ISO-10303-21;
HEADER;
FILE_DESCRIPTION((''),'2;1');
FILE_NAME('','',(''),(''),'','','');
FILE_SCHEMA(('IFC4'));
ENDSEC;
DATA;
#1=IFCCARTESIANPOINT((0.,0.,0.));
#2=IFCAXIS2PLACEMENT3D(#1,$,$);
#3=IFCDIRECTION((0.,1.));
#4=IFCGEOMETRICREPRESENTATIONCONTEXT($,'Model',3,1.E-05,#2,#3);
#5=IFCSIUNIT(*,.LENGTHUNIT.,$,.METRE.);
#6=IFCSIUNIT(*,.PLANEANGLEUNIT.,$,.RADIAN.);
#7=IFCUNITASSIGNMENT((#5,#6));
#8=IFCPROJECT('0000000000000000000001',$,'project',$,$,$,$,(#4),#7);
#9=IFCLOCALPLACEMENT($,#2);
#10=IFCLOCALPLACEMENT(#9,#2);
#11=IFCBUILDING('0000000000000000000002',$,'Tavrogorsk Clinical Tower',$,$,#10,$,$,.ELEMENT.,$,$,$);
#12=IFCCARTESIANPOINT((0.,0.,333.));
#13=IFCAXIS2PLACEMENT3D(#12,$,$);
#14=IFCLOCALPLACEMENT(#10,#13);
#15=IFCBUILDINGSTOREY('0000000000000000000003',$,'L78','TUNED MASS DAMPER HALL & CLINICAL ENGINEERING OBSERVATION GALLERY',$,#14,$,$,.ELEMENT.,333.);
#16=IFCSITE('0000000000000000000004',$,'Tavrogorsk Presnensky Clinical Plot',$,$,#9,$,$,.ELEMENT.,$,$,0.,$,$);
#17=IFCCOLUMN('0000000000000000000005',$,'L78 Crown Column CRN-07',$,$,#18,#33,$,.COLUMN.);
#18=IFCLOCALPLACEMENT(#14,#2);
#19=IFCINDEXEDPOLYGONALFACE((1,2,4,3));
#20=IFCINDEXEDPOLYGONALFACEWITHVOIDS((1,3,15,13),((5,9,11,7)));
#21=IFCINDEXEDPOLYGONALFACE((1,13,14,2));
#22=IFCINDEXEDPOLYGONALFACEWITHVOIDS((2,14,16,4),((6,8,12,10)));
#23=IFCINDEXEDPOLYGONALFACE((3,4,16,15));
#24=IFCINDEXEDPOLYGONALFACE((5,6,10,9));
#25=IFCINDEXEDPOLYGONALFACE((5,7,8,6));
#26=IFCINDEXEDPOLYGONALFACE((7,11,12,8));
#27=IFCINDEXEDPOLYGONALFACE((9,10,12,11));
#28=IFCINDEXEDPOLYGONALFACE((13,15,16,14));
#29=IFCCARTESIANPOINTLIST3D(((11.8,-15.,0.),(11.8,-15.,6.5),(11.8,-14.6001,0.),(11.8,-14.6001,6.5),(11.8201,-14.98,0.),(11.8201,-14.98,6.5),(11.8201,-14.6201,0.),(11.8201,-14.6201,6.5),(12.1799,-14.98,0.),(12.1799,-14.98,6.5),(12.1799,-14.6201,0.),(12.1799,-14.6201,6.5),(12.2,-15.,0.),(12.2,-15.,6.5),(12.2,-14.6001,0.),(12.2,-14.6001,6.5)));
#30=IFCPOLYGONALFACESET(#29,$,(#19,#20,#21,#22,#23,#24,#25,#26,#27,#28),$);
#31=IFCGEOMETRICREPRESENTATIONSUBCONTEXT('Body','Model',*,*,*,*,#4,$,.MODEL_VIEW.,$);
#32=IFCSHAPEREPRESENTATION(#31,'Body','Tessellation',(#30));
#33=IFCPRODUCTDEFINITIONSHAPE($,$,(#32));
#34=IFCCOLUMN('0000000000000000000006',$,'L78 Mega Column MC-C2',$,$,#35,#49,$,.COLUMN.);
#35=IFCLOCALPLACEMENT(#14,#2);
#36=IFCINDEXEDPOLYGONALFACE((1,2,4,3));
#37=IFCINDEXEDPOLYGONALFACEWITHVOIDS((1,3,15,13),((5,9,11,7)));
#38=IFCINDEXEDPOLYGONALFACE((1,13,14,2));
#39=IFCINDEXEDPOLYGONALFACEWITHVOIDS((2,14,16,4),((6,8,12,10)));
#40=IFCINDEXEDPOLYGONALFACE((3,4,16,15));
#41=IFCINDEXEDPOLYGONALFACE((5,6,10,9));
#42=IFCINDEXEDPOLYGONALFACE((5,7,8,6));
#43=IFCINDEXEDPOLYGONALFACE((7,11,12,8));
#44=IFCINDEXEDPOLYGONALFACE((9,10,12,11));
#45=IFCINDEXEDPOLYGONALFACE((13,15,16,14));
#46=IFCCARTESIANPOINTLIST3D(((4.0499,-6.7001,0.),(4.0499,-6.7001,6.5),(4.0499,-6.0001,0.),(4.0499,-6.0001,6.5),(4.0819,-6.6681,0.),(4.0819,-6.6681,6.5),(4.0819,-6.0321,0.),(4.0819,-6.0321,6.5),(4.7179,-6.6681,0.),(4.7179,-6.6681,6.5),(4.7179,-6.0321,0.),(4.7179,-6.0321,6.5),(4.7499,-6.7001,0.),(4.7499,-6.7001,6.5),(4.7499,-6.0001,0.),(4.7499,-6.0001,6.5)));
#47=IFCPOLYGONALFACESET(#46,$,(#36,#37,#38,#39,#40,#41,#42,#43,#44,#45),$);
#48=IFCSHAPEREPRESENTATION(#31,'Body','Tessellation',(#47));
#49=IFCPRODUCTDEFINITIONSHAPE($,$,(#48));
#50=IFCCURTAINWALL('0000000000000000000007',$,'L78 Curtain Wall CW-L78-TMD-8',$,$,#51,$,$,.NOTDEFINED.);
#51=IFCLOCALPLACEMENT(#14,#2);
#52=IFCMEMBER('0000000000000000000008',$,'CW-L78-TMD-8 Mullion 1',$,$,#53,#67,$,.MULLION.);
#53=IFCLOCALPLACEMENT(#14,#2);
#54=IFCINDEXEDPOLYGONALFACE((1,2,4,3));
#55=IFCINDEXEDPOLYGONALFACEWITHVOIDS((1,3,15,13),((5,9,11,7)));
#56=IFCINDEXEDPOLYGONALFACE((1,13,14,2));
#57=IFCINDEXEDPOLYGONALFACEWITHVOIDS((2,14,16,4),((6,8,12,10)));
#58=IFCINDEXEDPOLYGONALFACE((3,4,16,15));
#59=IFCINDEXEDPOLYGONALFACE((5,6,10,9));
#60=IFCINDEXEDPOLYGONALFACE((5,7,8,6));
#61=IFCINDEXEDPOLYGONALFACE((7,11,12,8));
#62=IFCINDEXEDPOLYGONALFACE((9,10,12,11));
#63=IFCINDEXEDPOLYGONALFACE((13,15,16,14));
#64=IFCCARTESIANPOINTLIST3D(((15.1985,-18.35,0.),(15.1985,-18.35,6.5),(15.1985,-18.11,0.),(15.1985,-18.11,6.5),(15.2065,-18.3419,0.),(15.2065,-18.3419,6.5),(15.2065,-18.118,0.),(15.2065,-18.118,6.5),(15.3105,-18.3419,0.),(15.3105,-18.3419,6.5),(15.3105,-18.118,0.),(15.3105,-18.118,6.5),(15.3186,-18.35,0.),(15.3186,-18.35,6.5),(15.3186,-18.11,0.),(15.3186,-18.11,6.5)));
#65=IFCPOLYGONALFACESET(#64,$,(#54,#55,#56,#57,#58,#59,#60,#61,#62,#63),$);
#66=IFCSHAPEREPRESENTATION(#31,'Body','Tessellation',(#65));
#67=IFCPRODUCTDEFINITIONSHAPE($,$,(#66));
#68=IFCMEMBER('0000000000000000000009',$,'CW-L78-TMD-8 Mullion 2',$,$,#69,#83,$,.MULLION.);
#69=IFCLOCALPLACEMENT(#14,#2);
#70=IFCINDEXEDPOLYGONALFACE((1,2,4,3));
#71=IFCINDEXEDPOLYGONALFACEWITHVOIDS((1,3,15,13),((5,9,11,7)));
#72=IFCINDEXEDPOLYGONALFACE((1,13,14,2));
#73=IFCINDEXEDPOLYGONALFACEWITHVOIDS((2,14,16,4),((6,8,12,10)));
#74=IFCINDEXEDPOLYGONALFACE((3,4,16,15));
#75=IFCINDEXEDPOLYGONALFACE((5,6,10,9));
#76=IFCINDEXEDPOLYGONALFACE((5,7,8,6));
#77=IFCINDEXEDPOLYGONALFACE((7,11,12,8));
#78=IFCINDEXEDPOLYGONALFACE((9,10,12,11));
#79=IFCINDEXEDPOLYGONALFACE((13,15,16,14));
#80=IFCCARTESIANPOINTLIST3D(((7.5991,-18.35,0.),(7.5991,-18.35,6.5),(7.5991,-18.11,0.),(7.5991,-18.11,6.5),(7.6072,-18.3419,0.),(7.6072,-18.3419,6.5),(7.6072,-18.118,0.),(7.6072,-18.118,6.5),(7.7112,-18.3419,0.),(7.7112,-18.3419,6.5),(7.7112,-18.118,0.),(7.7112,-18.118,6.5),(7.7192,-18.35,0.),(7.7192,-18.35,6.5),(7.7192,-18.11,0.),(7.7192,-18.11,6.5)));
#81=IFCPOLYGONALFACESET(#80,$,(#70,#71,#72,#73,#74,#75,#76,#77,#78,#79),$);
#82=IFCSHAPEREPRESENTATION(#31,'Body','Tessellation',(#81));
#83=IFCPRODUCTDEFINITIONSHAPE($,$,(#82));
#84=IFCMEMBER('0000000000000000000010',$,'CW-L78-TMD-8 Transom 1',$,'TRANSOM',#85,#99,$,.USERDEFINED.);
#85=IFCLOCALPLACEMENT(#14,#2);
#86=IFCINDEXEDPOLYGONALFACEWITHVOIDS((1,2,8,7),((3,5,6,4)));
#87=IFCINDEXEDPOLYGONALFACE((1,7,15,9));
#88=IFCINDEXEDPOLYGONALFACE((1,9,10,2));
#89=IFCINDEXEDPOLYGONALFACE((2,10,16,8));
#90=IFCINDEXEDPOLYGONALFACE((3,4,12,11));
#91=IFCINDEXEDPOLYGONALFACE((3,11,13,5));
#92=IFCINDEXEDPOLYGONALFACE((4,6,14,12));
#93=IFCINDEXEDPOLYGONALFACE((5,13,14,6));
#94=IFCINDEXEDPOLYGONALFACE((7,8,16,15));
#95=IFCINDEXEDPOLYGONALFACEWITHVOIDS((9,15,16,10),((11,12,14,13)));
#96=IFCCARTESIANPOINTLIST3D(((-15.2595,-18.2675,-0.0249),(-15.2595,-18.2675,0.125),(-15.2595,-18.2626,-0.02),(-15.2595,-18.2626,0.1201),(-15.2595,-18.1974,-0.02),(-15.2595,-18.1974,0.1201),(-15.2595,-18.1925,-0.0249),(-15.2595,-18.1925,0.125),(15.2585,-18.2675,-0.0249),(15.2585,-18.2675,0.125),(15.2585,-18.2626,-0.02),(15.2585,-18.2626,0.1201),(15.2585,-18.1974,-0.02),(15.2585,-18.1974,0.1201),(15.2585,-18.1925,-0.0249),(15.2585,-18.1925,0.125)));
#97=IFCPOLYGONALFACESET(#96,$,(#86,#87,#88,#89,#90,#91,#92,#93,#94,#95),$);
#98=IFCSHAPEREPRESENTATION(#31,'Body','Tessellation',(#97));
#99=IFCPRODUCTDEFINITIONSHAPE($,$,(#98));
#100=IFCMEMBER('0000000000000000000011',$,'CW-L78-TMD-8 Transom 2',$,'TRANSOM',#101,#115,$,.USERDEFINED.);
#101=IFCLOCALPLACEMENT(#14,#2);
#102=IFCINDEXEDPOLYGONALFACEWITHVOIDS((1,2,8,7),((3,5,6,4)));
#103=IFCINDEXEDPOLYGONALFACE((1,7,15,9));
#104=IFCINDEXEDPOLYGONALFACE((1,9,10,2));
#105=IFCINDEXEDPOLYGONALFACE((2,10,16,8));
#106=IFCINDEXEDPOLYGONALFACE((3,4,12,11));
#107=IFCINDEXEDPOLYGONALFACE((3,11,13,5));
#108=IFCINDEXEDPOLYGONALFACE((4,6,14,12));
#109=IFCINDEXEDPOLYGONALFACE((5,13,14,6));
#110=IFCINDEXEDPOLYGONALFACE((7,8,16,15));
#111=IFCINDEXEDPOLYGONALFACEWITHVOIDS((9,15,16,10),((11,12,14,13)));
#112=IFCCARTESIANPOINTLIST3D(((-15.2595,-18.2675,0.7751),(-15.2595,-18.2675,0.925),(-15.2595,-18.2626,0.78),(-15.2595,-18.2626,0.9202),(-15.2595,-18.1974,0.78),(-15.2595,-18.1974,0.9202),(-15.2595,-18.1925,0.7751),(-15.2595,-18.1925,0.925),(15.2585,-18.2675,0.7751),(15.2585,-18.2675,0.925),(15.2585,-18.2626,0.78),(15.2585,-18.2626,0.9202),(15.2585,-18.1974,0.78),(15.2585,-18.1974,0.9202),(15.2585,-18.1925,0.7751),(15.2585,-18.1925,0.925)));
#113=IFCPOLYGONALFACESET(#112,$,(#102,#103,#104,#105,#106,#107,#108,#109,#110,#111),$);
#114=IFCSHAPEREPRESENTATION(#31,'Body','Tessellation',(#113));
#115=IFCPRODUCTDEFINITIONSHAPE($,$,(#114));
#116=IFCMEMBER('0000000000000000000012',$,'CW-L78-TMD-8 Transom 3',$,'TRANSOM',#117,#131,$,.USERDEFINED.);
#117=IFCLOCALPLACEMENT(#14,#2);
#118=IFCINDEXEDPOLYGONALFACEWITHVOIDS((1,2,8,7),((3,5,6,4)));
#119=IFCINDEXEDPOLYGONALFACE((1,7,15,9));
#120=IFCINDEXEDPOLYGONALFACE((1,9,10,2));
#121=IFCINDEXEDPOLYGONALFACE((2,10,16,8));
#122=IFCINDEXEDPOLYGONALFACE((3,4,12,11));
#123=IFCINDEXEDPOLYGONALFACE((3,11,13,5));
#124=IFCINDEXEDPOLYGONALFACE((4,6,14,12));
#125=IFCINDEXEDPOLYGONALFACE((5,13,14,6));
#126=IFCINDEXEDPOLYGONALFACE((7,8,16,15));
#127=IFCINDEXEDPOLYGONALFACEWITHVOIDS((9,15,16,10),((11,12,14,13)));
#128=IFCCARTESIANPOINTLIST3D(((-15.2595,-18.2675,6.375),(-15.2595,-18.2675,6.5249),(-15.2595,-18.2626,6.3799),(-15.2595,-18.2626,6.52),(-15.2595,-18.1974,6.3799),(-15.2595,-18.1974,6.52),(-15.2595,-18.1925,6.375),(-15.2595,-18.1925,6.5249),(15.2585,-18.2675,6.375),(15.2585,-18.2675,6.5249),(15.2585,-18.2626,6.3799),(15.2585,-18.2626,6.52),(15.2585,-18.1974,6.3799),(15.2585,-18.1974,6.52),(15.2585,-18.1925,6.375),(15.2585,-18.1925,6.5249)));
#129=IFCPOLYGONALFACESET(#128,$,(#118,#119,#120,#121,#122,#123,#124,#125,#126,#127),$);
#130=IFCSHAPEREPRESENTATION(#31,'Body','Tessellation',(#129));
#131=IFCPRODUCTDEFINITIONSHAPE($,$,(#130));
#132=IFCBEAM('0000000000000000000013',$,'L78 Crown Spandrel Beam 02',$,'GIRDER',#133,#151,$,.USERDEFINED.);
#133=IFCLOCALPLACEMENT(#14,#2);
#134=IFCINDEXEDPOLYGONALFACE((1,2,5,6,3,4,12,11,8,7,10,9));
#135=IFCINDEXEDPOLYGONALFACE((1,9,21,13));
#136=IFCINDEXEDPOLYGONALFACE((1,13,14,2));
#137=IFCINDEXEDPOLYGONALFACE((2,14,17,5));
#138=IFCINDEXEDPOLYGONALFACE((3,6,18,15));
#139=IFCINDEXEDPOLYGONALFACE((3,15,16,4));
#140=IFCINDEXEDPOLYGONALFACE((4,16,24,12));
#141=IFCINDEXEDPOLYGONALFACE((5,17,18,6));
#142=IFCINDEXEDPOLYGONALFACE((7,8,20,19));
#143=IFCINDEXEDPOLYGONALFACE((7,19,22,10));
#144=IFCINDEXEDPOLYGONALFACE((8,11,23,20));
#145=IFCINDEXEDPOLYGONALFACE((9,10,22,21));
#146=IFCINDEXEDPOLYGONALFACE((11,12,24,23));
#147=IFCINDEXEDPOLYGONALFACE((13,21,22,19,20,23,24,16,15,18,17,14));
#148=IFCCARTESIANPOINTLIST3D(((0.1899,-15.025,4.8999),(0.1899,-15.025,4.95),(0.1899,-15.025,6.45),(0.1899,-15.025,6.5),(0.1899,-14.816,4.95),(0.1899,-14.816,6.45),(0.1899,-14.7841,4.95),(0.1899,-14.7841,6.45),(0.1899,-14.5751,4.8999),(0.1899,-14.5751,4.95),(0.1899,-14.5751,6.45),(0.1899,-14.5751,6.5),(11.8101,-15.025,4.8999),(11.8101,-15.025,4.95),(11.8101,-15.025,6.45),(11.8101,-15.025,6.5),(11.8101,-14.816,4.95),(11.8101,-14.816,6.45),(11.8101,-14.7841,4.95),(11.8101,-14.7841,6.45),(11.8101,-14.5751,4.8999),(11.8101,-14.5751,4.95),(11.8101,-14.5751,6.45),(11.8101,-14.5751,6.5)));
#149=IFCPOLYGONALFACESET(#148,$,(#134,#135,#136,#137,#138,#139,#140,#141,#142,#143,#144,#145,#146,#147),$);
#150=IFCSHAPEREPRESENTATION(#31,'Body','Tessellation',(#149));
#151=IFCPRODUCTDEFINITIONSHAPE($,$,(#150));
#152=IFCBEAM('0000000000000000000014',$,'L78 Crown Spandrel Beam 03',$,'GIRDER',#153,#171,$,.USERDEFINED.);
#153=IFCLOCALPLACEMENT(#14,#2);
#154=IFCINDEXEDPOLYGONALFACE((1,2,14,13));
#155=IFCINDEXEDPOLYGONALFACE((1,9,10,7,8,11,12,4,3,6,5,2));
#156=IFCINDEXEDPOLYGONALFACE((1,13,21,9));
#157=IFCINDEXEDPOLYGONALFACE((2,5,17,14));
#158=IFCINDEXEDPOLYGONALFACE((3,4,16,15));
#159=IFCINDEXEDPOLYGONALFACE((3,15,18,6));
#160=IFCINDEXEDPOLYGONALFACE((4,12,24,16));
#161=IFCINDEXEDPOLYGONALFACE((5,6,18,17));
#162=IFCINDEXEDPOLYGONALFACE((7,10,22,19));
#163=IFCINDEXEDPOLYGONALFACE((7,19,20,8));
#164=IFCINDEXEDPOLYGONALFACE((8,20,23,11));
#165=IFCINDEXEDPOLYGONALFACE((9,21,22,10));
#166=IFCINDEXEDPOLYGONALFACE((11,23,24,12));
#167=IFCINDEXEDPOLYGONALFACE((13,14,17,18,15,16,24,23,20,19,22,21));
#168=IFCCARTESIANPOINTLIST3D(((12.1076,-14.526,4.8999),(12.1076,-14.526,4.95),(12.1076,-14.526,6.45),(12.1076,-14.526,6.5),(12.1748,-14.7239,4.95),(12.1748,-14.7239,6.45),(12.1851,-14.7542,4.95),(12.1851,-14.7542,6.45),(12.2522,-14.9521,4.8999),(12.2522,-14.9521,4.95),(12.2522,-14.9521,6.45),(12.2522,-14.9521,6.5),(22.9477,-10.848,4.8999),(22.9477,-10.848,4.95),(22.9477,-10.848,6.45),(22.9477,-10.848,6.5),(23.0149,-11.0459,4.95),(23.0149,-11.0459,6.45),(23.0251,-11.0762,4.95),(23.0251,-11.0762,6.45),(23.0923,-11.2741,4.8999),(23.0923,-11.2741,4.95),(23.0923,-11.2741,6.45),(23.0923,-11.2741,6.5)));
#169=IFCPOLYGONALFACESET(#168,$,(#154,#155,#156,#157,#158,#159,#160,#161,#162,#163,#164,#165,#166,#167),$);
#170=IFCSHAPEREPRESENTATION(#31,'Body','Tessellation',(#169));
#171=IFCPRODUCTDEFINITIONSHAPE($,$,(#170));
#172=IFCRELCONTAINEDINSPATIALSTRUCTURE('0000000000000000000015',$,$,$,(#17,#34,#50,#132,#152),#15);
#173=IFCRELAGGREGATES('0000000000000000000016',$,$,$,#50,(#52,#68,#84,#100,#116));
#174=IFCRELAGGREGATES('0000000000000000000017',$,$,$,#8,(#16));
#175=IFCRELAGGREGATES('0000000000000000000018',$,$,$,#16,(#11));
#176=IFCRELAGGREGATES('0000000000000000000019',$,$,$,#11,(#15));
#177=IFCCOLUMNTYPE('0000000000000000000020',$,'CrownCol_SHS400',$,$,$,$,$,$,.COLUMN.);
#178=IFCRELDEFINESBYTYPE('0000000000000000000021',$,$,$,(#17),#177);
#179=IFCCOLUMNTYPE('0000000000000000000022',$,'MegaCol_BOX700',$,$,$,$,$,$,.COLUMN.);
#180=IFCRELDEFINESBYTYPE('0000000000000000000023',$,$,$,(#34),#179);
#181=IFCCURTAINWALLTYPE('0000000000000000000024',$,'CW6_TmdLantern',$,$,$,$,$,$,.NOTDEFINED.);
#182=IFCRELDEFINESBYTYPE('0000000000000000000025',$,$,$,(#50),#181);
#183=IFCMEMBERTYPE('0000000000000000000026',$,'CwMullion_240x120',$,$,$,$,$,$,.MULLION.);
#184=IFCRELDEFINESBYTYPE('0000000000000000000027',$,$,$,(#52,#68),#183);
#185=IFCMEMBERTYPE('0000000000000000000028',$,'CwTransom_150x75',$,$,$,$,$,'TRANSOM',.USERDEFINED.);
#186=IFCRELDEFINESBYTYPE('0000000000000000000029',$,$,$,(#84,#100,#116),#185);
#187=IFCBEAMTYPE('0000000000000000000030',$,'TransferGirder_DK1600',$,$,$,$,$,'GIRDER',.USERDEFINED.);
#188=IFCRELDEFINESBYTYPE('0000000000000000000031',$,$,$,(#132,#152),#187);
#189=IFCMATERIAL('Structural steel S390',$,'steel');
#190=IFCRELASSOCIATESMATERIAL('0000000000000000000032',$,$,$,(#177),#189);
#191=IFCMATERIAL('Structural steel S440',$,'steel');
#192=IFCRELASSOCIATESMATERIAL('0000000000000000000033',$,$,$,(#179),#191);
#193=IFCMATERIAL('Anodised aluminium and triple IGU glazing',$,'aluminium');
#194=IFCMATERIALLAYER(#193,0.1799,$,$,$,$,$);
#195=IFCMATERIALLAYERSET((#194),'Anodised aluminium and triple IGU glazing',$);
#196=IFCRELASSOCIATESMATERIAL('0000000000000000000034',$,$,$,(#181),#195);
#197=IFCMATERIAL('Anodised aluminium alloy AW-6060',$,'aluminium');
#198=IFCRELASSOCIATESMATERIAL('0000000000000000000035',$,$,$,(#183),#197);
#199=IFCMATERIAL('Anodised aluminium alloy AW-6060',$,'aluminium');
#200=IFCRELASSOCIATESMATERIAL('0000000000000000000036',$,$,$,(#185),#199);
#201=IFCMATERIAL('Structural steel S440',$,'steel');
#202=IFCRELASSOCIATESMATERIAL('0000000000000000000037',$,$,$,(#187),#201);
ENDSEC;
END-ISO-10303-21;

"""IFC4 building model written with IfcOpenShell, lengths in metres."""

from ifc_helpers import new_model, si_unit, direction, frame, origin, origin_2d, place, context, subcontext, project, spatial, hollow_rectangle, i_section, extrude, material, layer, layer_set, material_profile, profile_set, type_object, element, aggregate, save


model = new_model("IFC4")

# Units and contexts
model_context = context("Model", 3, precision=1e-05, world=origin(), true_north=direction((0.0, 1.0)))
body_context = subcontext(model_context, "Body", "Model", "MODEL_VIEW")
ifc_project = project(units=[si_unit("LENGTHUNIT", "METRE"), si_unit("PLANEANGLEUNIT", "RADIAN")], contexts=[model_context])

# Site, building, storey
site_placement = place(None, origin())
site = spatial("IfcSite", under=ifc_project, at=site_placement, Name="Tavrogorsk Presnensky Clinical Plot", CompositionType="ELEMENT", RefElevation=0.0)
building_placement = place(site_placement, origin())
building = spatial("IfcBuilding", under=site, at=building_placement, Name="Tavrogorsk Clinical Tower", CompositionType="ELEMENT")
storey_placement = place(building_placement, frame((0.0, 0.0, 333.0)))
storey = spatial("IfcBuildingStorey", under=building, at=storey_placement, Name="L78", Description="TUNED MASS DAMPER HALL & CLINICAL ENGINEERING OBSERVATION GALLERY", CompositionType="ELEMENT", Elevation=333.0)

# Columns
ifc_material_1 = material(Name="Structural steel S390", Category="steel")
ifc_material_profile_1 = material_profile(ifc_material_1, hollow_rectangle(XDim=0.3999, YDim=0.3999, WallThickness=0.02, at=origin_2d()), Name="SHS-400x400x20")
ifc_profile_set_1 = profile_set([ifc_material_profile_1], Name="Structural steel S390")
column_type_1 = type_object("IfcColumnType", Name="CrownCol_SHS400", PredefinedType="COLUMN", material=ifc_profile_set_1)
column_1_placement = place(storey_placement, frame((12.0, -14.8, 0.0), z_axis=(0.0, 0.0, 1.0), x_axis=(1.0, 0.0, 0.0)))
element("IfcColumn", 1, at=column_1_placement, inside=storey, type_object=column_type_1, Name="L78 Crown Column CRN-07", PredefinedType="COLUMN", context=body_context, shape_type="SweptSolid", body=[
    extrude(hollow_rectangle(XDim=0.3999, YDim=0.3999, WallThickness=0.02, at=origin_2d()), origin(), (0.0, 0.0, 1.0), 6.5),
])
ifc_material_2 = material(Name="Structural steel S440", Category="steel")
ifc_material_profile_2 = material_profile(ifc_material_2, hollow_rectangle(XDim=0.7, YDim=0.7, WallThickness=0.032, at=origin_2d()), Name="BOX-700x700x32")
ifc_profile_set_2 = profile_set([ifc_material_profile_2], Name="Structural steel S440")
column_type_2 = type_object("IfcColumnType", Name="MegaCol_BOX700", PredefinedType="COLUMN", material=ifc_profile_set_2)
column_2_placement = place(storey_placement, frame((4.3999, -6.3501, 0.0), z_axis=(0.0, 0.0, 1.0), x_axis=(1.0, 0.0, 0.0)))
element("IfcColumn", 2, at=column_2_placement, inside=storey, type_object=column_type_2, Name="L78 Mega Column MC-C2", PredefinedType="COLUMN", context=body_context, shape_type="SweptSolid", body=[
    extrude(hollow_rectangle(XDim=0.7, YDim=0.7, WallThickness=0.032, at=origin_2d()), origin(), (0.0, 0.0, 1.0), 6.5),
])

# Curtain wall, members
ifc_material_3 = material(Name="Anodised aluminium and triple IGU glazing", Category="aluminium")
ifc_layer_1 = layer(ifc_material_3, 0.1799)
ifc_layer_set_1 = layer_set([ifc_layer_1], Name="Anodised aluminium and triple IGU glazing")
curtain_wall_type = type_object("IfcCurtainWallType", Name="CW6_TmdLantern", PredefinedType="NOTDEFINED", material=ifc_layer_set_1)
curtain_wall_placement = place(storey_placement, origin())
curtain_wall = element("IfcCurtainWall", 3, at=curtain_wall_placement, inside=storey, type_object=curtain_wall_type, Name="L78 Curtain Wall CW-L78-TMD-8", PredefinedType="NOTDEFINED")
ifc_material_4 = material(Name="Anodised aluminium alloy AW-6060", Category="aluminium")
ifc_material_profile_3 = material_profile(ifc_material_4, hollow_rectangle(XDim=0.1201, YDim=0.24, WallThickness=0.0081, at=origin_2d()), Name="RHS-240x120x8")
ifc_profile_set_3 = profile_set([ifc_material_profile_3], Name="Anodised aluminium alloy AW-6060")
member_type_1 = type_object("IfcMemberType", Name="CwMullion_240x120", PredefinedType="MULLION", material=ifc_profile_set_3)
member_1_placement = place(storey_placement, frame((15.2585, -18.23, 0.0), z_axis=(0.0, 0.0, 1.0), x_axis=(-1.0, 0.0, 0.0)))
member_1 = element("IfcMember", 4, at=member_1_placement, type_object=member_type_1, Name="CW-L78-TMD-8 Mullion 1", PredefinedType="MULLION", context=body_context, shape_type="SweptSolid", body=[
    extrude(hollow_rectangle(XDim=0.1201, YDim=0.24, WallThickness=0.0081, at=origin_2d()), origin(), (0.0, 0.0, 1.0), 6.5),
])
member_2_placement = place(storey_placement, frame((7.6592, -18.23, 0.0), z_axis=(0.0, 0.0, 1.0), x_axis=(-1.0, 0.0, 0.0)))
member_2 = element("IfcMember", 5, at=member_2_placement, type_object=member_type_1, Name="CW-L78-TMD-8 Mullion 2", PredefinedType="MULLION", context=body_context, shape_type="SweptSolid", body=[
    extrude(hollow_rectangle(XDim=0.1201, YDim=0.24, WallThickness=0.0081, at=origin_2d()), origin(), (0.0, 0.0, 1.0), 6.5),
])
ifc_material_5 = material(Name="Anodised aluminium alloy AW-6060", Category="aluminium")
ifc_material_profile_4 = material_profile(ifc_material_5, hollow_rectangle(XDim=0.075, YDim=0.1499, WallThickness=0.0049, at=origin_2d()), Name="RHS-150x75x5")
ifc_profile_set_4 = profile_set([ifc_material_profile_4], Name="Anodised aluminium alloy AW-6060")
member_type_2 = type_object("IfcMemberType", Name="CwTransom_150x75", ElementType="TRANSOM", PredefinedType="USERDEFINED", material=ifc_profile_set_4)
member_3_placement = place(storey_placement, frame((15.2585, -18.23, 0.05), z_axis=(-1.0, 0.0, 0.0), x_axis=(0.0, -1.0, 0.0)))
member_3 = element("IfcMember", 6, at=member_3_placement, type_object=member_type_2, Name="CW-L78-TMD-8 Transom 1", ObjectType="TRANSOM", PredefinedType="USERDEFINED", context=body_context, shape_type="SweptSolid", body=[
    extrude(hollow_rectangle(XDim=0.075, YDim=0.1499, WallThickness=0.0049, at=origin_2d()), origin(), (0.0, 0.0, 1.0), 30.5181),
])
member_4_placement = place(storey_placement, frame((15.2585, -18.23, 0.8501), z_axis=(-1.0, 0.0, 0.0), x_axis=(0.0, -1.0, 0.0)))
member_4 = element("IfcMember", 7, at=member_4_placement, type_object=member_type_2, Name="CW-L78-TMD-8 Transom 2", ObjectType="TRANSOM", PredefinedType="USERDEFINED", context=body_context, shape_type="SweptSolid", body=[
    extrude(hollow_rectangle(XDim=0.075, YDim=0.1499, WallThickness=0.0049, at=origin_2d()), origin(), (0.0, 0.0, 1.0), 30.5181),
])
member_5_placement = place(storey_placement, frame((15.2585, -18.23, 6.45), z_axis=(-1.0, 0.0, 0.0), x_axis=(0.0, -1.0, 0.0)))
member_5 = element("IfcMember", 8, at=member_5_placement, type_object=member_type_2, Name="CW-L78-TMD-8 Transom 3", ObjectType="TRANSOM", PredefinedType="USERDEFINED", context=body_context, shape_type="SweptSolid", body=[
    extrude(hollow_rectangle(XDim=0.075, YDim=0.1499, WallThickness=0.0049, at=origin_2d()), origin(), (0.0, 0.0, 1.0), 30.5181),
])

# Beams
ifc_material_6 = material(Name="Structural steel S440", Category="steel")
ifc_material_profile_5 = material_profile(ifc_material_6, i_section(OverallWidth=0.45, OverallDepth=1.6001, WebThickness=0.032, FlangeThickness=0.05, at=origin_2d()), Name="DK-1600x450x32x50")
ifc_profile_set_5 = profile_set([ifc_material_profile_5], Name="Structural steel S440")
beam_type = type_object("IfcBeamType", Name="TransferGirder_DK1600", ElementType="GIRDER", PredefinedType="USERDEFINED", material=ifc_profile_set_5)
beam_1_placement = place(storey_placement, frame((0.1899, -14.8, 5.7), z_axis=(1.0, 0.0, 0.0), x_axis=(0.0, 1.0, 0.0)))
element("IfcBeam", 9, at=beam_1_placement, inside=storey, type_object=beam_type, Name="L78 Crown Spandrel Beam 02", ObjectType="GIRDER", PredefinedType="USERDEFINED", context=body_context, shape_type="SweptSolid", body=[
    extrude(i_section(OverallWidth=0.45, OverallDepth=1.6001, WebThickness=0.032, FlangeThickness=0.05, at=origin_2d()), origin(), (0.0, 0.0, 1.0), 11.6201),
])
beam_2_placement = place(storey_placement, frame((12.1799, -14.739, 5.7), z_axis=(0.946976, 0.321304, 0.0), x_axis=(-0.321304, 0.946976, 0.0)))
element("IfcBeam", 10, at=beam_2_placement, inside=storey, type_object=beam_type, Name="L78 Crown Spandrel Beam 03", ObjectType="GIRDER", PredefinedType="USERDEFINED", context=body_context, shape_type="SweptSolid", body=[
    extrude(i_section(OverallWidth=0.45, OverallDepth=1.6001, WebThickness=0.032, FlangeThickness=0.05, at=origin_2d()), origin(), (0.0, 0.0, 1.0), 11.447),
])

aggregate(curtain_wall, [member_1, member_2, member_3, member_4, member_5])

save(model, "model.ifc")
